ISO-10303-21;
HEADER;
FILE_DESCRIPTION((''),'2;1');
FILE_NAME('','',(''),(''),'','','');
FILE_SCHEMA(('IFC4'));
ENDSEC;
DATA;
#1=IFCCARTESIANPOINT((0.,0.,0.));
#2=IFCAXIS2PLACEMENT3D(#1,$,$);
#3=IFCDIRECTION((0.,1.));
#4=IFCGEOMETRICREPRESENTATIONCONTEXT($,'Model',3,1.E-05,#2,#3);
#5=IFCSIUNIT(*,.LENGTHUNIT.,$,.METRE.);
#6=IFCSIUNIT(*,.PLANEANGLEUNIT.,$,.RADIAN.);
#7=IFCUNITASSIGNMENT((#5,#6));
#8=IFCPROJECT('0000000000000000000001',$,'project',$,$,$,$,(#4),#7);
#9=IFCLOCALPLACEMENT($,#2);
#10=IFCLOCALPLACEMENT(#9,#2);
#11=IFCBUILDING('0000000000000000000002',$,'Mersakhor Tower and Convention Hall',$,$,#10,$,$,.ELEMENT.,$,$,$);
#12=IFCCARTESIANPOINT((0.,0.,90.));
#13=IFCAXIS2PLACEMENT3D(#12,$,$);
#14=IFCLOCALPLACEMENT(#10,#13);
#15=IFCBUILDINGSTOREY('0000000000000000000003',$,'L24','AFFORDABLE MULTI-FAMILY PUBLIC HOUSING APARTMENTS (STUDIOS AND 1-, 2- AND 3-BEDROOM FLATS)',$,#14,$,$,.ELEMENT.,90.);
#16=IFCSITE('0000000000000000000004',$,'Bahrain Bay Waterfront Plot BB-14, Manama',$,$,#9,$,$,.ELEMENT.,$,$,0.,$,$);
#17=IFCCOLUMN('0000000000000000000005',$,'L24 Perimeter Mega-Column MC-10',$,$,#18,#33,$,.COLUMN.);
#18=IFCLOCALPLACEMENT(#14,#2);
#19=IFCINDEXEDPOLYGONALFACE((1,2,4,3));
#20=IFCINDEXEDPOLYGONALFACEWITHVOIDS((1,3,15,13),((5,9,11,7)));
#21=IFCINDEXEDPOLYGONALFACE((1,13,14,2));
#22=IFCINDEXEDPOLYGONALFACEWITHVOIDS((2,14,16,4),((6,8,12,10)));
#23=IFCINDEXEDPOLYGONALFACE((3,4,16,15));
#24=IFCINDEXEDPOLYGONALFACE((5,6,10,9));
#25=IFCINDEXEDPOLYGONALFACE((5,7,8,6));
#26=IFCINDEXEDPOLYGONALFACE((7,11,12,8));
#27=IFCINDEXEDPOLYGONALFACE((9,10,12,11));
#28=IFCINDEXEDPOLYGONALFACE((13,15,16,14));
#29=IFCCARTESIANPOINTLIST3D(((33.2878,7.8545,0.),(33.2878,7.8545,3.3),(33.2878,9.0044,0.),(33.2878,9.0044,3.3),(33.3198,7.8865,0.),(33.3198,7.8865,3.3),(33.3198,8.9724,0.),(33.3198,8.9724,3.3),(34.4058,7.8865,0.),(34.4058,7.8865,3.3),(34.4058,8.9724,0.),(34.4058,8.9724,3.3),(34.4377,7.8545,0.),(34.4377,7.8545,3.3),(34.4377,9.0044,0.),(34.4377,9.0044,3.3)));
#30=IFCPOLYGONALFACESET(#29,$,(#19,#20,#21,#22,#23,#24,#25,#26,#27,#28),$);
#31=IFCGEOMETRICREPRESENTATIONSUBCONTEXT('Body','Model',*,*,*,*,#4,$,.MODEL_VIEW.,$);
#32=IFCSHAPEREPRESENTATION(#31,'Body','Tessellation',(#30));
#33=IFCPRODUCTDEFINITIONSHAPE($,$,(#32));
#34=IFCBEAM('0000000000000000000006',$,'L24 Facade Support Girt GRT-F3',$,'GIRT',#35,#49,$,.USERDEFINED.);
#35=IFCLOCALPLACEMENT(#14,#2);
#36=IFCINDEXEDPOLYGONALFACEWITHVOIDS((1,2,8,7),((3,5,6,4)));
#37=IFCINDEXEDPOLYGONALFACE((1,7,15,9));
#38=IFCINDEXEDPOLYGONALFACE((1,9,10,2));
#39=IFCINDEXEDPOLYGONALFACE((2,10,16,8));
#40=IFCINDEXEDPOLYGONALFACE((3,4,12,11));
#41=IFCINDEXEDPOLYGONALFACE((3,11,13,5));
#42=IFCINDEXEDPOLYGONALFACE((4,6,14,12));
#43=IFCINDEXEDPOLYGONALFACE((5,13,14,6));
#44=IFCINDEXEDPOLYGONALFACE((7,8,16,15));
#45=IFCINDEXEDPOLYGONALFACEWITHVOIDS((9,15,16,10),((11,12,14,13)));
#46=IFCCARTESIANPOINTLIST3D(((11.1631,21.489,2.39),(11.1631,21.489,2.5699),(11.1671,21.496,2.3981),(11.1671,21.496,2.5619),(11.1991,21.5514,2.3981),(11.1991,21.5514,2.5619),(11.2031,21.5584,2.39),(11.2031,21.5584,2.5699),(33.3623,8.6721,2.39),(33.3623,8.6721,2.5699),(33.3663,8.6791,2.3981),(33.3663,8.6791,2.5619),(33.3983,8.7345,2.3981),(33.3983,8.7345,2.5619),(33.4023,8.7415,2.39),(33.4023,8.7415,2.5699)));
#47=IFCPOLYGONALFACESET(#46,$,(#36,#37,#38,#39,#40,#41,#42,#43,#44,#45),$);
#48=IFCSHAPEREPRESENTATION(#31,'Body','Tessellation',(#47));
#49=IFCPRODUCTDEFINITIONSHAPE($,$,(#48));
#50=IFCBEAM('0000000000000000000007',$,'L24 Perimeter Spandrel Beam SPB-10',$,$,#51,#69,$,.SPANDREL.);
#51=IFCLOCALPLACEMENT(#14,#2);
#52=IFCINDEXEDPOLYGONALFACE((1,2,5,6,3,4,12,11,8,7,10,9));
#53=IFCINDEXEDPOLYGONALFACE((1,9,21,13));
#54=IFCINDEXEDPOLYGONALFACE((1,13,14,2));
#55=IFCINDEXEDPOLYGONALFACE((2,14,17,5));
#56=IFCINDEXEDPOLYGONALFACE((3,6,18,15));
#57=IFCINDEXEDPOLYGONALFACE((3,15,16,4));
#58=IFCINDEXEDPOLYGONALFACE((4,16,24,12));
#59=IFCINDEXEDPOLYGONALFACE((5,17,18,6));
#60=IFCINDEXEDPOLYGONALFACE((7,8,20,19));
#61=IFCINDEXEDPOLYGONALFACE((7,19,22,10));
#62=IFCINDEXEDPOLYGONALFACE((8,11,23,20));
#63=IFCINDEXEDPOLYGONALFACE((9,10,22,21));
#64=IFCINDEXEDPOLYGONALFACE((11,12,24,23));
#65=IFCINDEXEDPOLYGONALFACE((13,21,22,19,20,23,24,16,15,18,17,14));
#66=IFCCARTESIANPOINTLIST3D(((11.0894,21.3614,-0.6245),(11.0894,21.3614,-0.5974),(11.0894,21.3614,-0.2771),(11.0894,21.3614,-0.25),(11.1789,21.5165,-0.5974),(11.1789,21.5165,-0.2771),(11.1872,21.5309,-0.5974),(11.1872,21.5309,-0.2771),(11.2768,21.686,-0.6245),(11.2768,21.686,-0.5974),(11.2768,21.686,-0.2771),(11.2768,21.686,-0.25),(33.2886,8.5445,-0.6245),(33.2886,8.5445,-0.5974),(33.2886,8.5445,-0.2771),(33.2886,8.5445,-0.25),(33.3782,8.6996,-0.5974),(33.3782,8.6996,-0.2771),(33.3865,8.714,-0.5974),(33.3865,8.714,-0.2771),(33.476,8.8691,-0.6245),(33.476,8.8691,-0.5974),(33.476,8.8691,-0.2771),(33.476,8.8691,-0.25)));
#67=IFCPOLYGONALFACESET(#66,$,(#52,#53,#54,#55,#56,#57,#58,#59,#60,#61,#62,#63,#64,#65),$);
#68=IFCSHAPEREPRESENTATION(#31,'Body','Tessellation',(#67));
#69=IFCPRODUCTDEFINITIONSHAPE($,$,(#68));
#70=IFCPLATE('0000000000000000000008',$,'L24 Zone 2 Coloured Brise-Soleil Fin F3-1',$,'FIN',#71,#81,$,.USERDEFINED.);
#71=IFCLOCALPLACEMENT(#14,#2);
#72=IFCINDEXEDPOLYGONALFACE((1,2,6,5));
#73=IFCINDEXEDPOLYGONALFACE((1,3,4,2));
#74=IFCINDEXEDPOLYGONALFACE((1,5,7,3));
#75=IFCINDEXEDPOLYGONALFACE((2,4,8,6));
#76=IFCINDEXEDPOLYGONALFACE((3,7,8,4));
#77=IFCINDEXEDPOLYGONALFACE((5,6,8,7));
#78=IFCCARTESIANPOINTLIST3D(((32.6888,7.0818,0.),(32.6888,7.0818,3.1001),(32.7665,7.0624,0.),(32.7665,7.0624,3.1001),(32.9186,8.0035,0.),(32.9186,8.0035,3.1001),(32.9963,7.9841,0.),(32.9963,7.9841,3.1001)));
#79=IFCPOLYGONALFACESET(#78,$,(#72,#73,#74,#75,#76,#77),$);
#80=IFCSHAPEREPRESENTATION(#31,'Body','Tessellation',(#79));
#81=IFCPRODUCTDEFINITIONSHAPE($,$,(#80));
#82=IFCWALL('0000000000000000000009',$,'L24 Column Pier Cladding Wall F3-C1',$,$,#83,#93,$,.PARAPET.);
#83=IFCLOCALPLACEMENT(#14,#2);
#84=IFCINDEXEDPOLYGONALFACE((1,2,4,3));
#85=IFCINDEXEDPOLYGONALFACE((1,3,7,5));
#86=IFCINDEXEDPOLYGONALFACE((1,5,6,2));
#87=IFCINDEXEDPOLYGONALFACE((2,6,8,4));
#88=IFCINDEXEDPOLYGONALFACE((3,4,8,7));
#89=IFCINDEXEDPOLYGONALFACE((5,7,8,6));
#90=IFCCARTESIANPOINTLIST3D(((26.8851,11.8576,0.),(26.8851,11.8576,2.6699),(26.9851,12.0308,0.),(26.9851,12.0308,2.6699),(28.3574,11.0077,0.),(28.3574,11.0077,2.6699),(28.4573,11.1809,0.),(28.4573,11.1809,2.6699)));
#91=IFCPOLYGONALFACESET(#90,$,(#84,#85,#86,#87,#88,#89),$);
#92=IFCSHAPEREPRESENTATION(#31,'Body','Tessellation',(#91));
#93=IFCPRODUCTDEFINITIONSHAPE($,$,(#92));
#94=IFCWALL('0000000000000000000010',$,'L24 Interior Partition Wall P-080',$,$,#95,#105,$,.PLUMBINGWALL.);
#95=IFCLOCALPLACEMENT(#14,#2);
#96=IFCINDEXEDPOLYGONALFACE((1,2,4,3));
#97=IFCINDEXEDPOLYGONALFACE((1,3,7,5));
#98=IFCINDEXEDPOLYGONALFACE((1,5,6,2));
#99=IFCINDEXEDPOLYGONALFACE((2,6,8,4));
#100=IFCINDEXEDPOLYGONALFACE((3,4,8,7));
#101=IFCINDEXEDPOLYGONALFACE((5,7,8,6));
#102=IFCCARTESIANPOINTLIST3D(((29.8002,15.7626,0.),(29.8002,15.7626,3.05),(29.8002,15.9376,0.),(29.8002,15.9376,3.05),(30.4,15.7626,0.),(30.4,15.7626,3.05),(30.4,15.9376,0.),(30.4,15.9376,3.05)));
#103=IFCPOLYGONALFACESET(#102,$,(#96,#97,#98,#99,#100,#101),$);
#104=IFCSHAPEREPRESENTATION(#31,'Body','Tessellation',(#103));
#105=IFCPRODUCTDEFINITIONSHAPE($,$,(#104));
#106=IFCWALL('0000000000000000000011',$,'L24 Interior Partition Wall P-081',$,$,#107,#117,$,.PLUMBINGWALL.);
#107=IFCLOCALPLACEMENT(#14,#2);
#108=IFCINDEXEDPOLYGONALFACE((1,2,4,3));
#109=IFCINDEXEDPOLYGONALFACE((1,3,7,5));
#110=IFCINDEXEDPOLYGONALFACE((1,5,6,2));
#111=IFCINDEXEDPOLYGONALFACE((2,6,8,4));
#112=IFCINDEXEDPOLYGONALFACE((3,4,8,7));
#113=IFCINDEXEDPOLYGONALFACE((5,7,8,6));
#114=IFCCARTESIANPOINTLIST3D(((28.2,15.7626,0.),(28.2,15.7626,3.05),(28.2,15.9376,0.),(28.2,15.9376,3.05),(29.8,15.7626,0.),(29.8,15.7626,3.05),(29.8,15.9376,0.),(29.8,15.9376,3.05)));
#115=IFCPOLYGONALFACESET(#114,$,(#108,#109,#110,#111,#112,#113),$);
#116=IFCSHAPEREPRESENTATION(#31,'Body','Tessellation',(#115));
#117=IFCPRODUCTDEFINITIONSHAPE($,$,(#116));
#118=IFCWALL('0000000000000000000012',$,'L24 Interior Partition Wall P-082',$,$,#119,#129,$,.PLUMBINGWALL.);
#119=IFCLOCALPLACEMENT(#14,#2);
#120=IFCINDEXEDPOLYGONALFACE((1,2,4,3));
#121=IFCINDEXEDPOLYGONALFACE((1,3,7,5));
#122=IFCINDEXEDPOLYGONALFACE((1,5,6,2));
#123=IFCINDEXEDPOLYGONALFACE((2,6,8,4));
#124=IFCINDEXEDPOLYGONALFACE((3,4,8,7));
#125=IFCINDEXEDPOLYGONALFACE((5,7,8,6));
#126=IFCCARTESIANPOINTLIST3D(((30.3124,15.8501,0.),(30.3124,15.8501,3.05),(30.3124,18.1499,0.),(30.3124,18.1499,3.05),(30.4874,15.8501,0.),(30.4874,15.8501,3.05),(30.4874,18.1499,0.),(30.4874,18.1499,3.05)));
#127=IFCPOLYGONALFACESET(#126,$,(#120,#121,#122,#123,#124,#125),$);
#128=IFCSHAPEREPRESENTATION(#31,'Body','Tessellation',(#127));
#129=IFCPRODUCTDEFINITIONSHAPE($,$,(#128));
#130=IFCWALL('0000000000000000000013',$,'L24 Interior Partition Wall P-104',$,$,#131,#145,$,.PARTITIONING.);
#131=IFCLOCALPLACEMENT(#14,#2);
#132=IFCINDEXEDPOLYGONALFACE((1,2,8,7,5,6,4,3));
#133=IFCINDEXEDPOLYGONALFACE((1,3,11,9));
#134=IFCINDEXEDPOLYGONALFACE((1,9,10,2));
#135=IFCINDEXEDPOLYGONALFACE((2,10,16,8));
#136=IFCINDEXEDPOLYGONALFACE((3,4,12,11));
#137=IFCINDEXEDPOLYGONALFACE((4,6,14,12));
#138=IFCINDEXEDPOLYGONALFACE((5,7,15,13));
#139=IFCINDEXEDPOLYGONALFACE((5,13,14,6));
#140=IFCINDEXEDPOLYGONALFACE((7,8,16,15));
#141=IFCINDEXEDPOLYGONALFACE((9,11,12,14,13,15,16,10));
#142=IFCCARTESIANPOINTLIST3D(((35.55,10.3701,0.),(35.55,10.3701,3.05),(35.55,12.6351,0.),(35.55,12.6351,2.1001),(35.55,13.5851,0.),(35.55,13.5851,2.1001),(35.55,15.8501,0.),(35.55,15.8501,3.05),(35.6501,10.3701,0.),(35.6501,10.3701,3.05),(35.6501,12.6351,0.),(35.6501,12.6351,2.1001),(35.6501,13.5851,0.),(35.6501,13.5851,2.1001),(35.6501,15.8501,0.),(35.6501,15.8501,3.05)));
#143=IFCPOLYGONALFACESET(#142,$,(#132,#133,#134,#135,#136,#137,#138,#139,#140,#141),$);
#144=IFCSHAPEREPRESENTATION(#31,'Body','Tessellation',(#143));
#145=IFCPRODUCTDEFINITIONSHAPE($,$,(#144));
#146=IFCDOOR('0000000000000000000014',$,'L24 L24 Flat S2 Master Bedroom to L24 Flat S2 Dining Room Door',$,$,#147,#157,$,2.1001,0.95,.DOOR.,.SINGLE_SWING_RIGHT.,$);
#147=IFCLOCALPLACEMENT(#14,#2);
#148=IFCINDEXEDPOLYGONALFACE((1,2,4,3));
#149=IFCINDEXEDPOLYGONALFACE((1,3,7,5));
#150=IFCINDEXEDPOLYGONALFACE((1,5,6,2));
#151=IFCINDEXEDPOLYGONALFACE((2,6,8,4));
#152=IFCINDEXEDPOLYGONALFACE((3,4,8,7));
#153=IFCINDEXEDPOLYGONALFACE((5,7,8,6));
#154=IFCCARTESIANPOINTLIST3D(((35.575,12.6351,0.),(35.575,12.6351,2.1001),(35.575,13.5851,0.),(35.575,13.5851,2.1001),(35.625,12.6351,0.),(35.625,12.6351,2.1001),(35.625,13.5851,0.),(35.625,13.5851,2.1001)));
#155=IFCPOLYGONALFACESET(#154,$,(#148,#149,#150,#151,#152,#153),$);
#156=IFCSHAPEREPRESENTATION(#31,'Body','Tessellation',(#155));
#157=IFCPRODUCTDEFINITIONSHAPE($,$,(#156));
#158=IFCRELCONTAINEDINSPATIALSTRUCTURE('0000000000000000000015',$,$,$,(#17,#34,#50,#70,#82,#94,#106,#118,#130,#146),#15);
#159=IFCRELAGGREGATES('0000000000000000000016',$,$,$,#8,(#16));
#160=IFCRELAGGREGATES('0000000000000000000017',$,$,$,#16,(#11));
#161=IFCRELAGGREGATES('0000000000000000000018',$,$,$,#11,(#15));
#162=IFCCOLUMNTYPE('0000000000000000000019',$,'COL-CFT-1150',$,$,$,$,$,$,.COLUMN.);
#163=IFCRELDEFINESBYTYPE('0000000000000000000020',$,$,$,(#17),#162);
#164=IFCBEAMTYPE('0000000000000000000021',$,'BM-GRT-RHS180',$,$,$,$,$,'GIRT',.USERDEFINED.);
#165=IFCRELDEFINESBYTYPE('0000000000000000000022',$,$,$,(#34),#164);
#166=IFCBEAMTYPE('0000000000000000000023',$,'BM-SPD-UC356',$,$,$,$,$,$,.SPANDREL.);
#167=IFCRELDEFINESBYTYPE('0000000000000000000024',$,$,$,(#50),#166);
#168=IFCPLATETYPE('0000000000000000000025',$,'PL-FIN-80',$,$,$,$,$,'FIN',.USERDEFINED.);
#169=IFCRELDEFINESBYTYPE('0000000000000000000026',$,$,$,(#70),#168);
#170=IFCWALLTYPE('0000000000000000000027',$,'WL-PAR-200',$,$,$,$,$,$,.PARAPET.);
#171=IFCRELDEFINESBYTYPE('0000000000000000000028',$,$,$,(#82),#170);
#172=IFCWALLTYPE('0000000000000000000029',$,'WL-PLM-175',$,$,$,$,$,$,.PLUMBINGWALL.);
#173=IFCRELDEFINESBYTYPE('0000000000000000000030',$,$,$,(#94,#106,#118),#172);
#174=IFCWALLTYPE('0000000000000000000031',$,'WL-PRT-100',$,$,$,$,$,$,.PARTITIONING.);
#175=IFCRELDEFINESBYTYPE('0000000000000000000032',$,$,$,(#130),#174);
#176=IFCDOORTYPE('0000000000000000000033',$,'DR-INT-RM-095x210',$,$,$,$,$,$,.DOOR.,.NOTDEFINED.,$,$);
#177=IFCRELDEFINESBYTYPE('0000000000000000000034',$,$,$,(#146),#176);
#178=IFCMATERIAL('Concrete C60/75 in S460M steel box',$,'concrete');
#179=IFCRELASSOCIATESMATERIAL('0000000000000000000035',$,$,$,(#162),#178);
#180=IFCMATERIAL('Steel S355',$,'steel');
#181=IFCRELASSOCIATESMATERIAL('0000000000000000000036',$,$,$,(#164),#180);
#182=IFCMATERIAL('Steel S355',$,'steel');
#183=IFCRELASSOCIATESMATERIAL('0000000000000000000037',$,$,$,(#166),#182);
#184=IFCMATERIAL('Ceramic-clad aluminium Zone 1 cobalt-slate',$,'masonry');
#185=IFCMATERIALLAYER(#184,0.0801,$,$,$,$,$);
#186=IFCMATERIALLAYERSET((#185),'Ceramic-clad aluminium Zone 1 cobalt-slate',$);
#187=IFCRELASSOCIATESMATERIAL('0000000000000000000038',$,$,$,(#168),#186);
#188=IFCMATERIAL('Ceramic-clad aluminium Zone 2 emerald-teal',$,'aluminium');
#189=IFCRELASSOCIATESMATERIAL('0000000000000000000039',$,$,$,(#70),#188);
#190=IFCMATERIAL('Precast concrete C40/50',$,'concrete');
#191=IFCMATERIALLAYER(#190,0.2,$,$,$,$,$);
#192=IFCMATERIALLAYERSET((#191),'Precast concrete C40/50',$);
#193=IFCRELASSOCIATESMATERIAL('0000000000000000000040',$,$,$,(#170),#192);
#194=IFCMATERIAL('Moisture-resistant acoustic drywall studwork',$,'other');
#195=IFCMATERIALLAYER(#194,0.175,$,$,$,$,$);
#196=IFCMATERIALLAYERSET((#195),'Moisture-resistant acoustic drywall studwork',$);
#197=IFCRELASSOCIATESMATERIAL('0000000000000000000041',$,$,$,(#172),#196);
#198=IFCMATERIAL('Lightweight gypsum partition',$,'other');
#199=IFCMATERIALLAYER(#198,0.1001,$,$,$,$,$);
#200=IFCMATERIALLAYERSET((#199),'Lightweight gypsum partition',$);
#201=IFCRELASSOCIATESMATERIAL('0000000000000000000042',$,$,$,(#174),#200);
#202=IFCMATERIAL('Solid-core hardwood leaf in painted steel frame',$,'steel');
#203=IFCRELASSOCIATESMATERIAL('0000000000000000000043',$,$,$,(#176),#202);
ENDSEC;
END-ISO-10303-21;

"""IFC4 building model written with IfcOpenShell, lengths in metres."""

from ifc_helpers import new_model, si_unit, direction, frame, frame_2d, origin, origin_2d, place, context, subcontext, project, spatial, rectangle, hollow_rectangle, i_section, extrude, material, layer, layer_set, material_profile, profile_set, type_object, element, fill, save


model = new_model("IFC4")

# Units and contexts
model_context = context("Model", 3, precision=1e-05, world=origin(), true_north=direction((0.0, 1.0)))
body_context = subcontext(model_context, "Body", "Model", "MODEL_VIEW")
ifc_project = project(units=[si_unit("LENGTHUNIT", "METRE"), si_unit("PLANEANGLEUNIT", "RADIAN")], contexts=[model_context])

# Site, building, storey
site_placement = place(None, origin())
site = spatial("IfcSite", under=ifc_project, at=site_placement, Name="Bahrain Bay Waterfront Plot BB-14, Manama", CompositionType="ELEMENT", RefElevation=0.0)
building_placement = place(site_placement, origin())
building = spatial("IfcBuilding", under=site, at=building_placement, Name="Mersakhor Tower and Convention Hall", CompositionType="ELEMENT")
storey_placement = place(building_placement, frame((0.0, 0.0, 90.0)))
storey = spatial("IfcBuildingStorey", under=building, at=storey_placement, Name="L24", Description="AFFORDABLE MULTI-FAMILY PUBLIC HOUSING APARTMENTS (STUDIOS AND 1-, 2- AND 3-BEDROOM FLATS)", CompositionType="ELEMENT", Elevation=90.0)

# Column
ifc_material_1 = material(Name="Concrete C60/75 in S460M steel box", Category="concrete")
ifc_material_profile_1 = material_profile(ifc_material_1, hollow_rectangle(XDim=1.1499, YDim=1.1499, WallThickness=0.032, at=origin_2d()), Name="SHS 1150x1150x32")
ifc_profile_set_1 = profile_set([ifc_material_profile_1], Name="Concrete C60/75 in S460M steel box")
column_type = type_object("IfcColumnType", Name="COL-CFT-1150", PredefinedType="COLUMN", material=ifc_profile_set_1)
column_placement = place(storey_placement, frame((33.8628, 8.4294, 0.0), z_axis=(0.0, 0.0, 1.0), x_axis=(1.0, 0.0, 0.0)))
element("IfcColumn", 1, at=column_placement, inside=storey, type_object=column_type, Name="L24 Perimeter Mega-Column MC-10", PredefinedType="COLUMN", context=body_context, shape_type="SweptSolid", body=[
    extrude(hollow_rectangle(XDim=1.1499, YDim=1.1499, WallThickness=0.032, at=origin_2d()), origin(), (0.0, 0.0, 1.0), 3.3),
])

# Beams
ifc_material_2 = material(Name="Steel S355", Category="steel")
ifc_material_profile_2 = material_profile(ifc_material_2, hollow_rectangle(XDim=0.0801, YDim=0.1799, WallThickness=0.0081, at=origin_2d()), Name="RHS 180x80x8")
ifc_profile_set_2 = profile_set([ifc_material_profile_2], Name="Steel S355")
beam_type_1 = type_object("IfcBeamType", Name="BM-GRT-RHS180", ElementType="GIRT", PredefinedType="USERDEFINED", material=ifc_profile_set_2)
beam_1_placement = place(storey_placement, frame((33.3823, 8.7068, 2.48), z_axis=(-0.866023, 0.500005, 0.0), x_axis=(-0.500005, -0.866023, 0.0)))
element("IfcBeam", 2, at=beam_1_placement, inside=storey, type_object=beam_type_1, Name="L24 Facade Support Girt GRT-F3", ObjectType="GIRT", PredefinedType="USERDEFINED", context=body_context, shape_type="SweptSolid", body=[
    extrude(hollow_rectangle(XDim=0.0801, YDim=0.1799, WallThickness=0.0081, at=origin_2d()), origin(), (0.0, 0.0, 1.0), 25.6335),
])
ifc_material_3 = material(Name="Steel S355", Category="steel")
ifc_material_profile_3 = material_profile(ifc_material_3, i_section(OverallWidth=0.3748, OverallDepth=0.3745, WebThickness=0.0166, FlangeThickness=0.0271, at=origin_2d()), Name="UC 356x368x202")
ifc_profile_set_3 = profile_set([ifc_material_profile_3], Name="Steel S355")
beam_type_2 = type_object("IfcBeamType", Name="BM-SPD-UC356", PredefinedType="SPANDREL", material=ifc_profile_set_3)
beam_2_placement = place(storey_placement, frame((33.3823, 8.7068, -0.4373), z_axis=(-0.866023, 0.500005, 0.0), x_axis=(-0.500005, -0.866023, 0.0)))
element("IfcBeam", 3, at=beam_2_placement, inside=storey, type_object=beam_type_2, Name="L24 Perimeter Spandrel Beam SPB-10", PredefinedType="SPANDREL", context=body_context, shape_type="SweptSolid", body=[
    extrude(i_section(OverallWidth=0.3748, OverallDepth=0.3745, WebThickness=0.0166, FlangeThickness=0.0271, at=origin_2d()), origin(), (0.0, 0.0, 1.0), 25.6335),
])

# Plate
ifc_material_4 = material(Name="Ceramic-clad aluminium Zone 2 emerald-teal", Category="aluminium")
ifc_material_5 = material(Name="Ceramic-clad aluminium Zone 1 cobalt-slate", Category="masonry")
ifc_layer_1 = layer(ifc_material_5, 0.0801)
ifc_layer_set_1 = layer_set([ifc_layer_1], Name="Ceramic-clad aluminium Zone 1 cobalt-slate")
plate_type = type_object("IfcPlateType", Name="PL-FIN-80", ElementType="FIN", PredefinedType="USERDEFINED", material=ifc_layer_set_1)
plate_placement = place(storey_placement, frame((32.8425, 7.533, 0.0), z_axis=(0.0, 0.0, 1.0), x_axis=(-0.241922, -0.970296, 0.0)))
element("IfcPlate", 4, at=plate_placement, inside=storey, type_object=plate_type, material=ifc_material_4, Name="L24 Zone 2 Coloured Brise-Soleil Fin F3-1", ObjectType="FIN", PredefinedType="USERDEFINED", context=body_context, shape_type="SweptSolid", body=[
    extrude(rectangle(XDim=0.95, YDim=0.0801, at=origin_2d()), origin(), (0.0, 0.0, 1.0), 3.1001),
])

# Walls
ifc_material_6 = material(Name="Precast concrete C40/50", Category="concrete")
ifc_layer_2 = layer(ifc_material_6, 0.2)
ifc_layer_set_2 = layer_set([ifc_layer_2], Name="Precast concrete C40/50")
wall_type_1 = type_object("IfcWallType", Name="WL-PAR-200", PredefinedType="PARAPET", material=ifc_layer_set_2)
wall_1_placement = place(storey_placement, frame((28.4075, 11.0942, 0.0), z_axis=(0.0, 0.0, 1.0), x_axis=(-0.866052, 0.499955, 0.0)))
element("IfcWall", 5, at=wall_1_placement, inside=storey, type_object=wall_type_1, Name="L24 Column Pier Cladding Wall F3-C1", PredefinedType="PARAPET", context=body_context, shape_type="SweptSolid", body=[
    extrude(rectangle(XDim=1.7, YDim=0.2, at=frame_2d((0.8501, 0.0))), origin(), (0.0, 0.0, 1.0), 2.6699),
])
ifc_material_7 = material(Name="Moisture-resistant acoustic drywall studwork", Category="other")
ifc_layer_3 = layer(ifc_material_7, 0.175)
ifc_layer_set_3 = layer_set([ifc_layer_3], Name="Moisture-resistant acoustic drywall studwork")
wall_type_2 = type_object("IfcWallType", Name="WL-PLM-175", PredefinedType="PLUMBINGWALL", material=ifc_layer_set_3)
wall_2_placement = place(storey_placement, frame((30.3999, 15.8501, 0.0), z_axis=(0.0, 0.0, 1.0), x_axis=(-1.0, 0.0, 0.0)))
element("IfcWall", 6, at=wall_2_placement, inside=storey, type_object=wall_type_2, Name="L24 Interior Partition Wall P-080", PredefinedType="PLUMBINGWALL", context=body_context, shape_type="SweptSolid", body=[
    extrude(rectangle(XDim=0.5999, YDim=0.175, at=frame_2d((0.2998, 0.0))), origin(), (0.0, 0.0, 1.0), 3.05),
])
wall_3_placement = place(storey_placement, frame((29.8, 15.8501, 0.0), z_axis=(0.0, 0.0, 1.0), x_axis=(-1.0, 0.0, 0.0)))
element("IfcWall", 7, at=wall_3_placement, inside=storey, type_object=wall_type_2, Name="L24 Interior Partition Wall P-081", PredefinedType="PLUMBINGWALL", context=body_context, shape_type="SweptSolid", body=[
    extrude(rectangle(XDim=1.6001, YDim=0.175, at=frame_2d((0.8, 0.0))), origin(), (0.0, 0.0, 1.0), 3.05),
])
wall_4_placement = place(storey_placement, frame((30.3999, 18.1499, 0.0), z_axis=(0.0, 0.0, 1.0), x_axis=(0.0, -1.0, 0.0)))
element("IfcWall", 8, at=wall_4_placement, inside=storey, type_object=wall_type_2, Name="L24 Interior Partition Wall P-082", PredefinedType="PLUMBINGWALL", context=body_context, shape_type="SweptSolid", body=[
    extrude(rectangle(XDim=2.2998, YDim=0.175, at=frame_2d((1.1499, 0.0))), origin(), (0.0, 0.0, 1.0), 3.05),
])

# Wall, opening, door
ifc_material_8 = material(Name="Lightweight gypsum partition", Category="other")
ifc_layer_4 = layer(ifc_material_8, 0.1001)
ifc_layer_set_4 = layer_set([ifc_layer_4], Name="Lightweight gypsum partition")
wall_type_3 = type_object("IfcWallType", Name="WL-PRT-100", PredefinedType="PARTITIONING", material=ifc_layer_set_4)
wall_5_placement = place(storey_placement, frame((35.6001, 15.8501, 0.0), z_axis=(0.0, 0.0, 1.0), x_axis=(0.0, -1.0, 0.0)))
wall_5 = element("IfcWall", 9, at=wall_5_placement, inside=storey, type_object=wall_type_3, Name="L24 Interior Partition Wall P-104", PredefinedType="PARTITIONING", context=body_context, shape_type="SweptSolid", body=[
    extrude(rectangle(XDim=5.48, YDim=0.1001, at=frame_2d((2.74, 0.0))), origin(), (0.0, 0.0, 1.0), 3.05),
])
opening_1_placement = place(wall_5_placement, frame((2.2649, 0.0, 0.0)))
opening_1 = element("IfcOpeningElement", 10, at=opening_1_placement, cuts=wall_5, PredefinedType="OPENING", context=body_context, shape_type="SweptSolid", body=[
    extrude(rectangle(XDim=0.95, YDim=2.1001, at=frame_2d((0.4751, 1.05))), frame((0.0, 0.0601, 0.0), z_axis=(0.0, -1.0, 0.0), x_axis=(1.0, 0.0, 0.0)), (0.0, 0.0, 1.0), 0.1201),
])
ifc_material_9 = material(Name="Solid-core hardwood leaf in painted steel frame", Category="steel")
door_type_1 = type_object("IfcDoorType", Name="DR-INT-RM-095x210", OperationType="NOTDEFINED", PredefinedType="DOOR", material=ifc_material_9)
door_1_placement = place(opening_1_placement, origin())
door_1 = element("IfcDoor", 11, at=door_1_placement, inside=storey, type_object=door_type_1, Name="L24 L24 Flat S2 Master Bedroom to L24 Flat S2 Dining Room Door", OperationType="SINGLE_SWING_RIGHT", OverallHeight=2.1001, OverallWidth=0.95, PredefinedType="DOOR", context=body_context, shape_type="SweptSolid", body=[
    extrude(rectangle(XDim=0.95, YDim=2.1001, at=frame_2d((0.4751, 1.05))), frame((0.0, 0.0249, 0.0), z_axis=(0.0, -1.0, 0.0), x_axis=(1.0, 0.0, 0.0)), (0.0, 0.0, 1.0), 0.05),
])
fill(opening_1, door_1)

save(model, "model.ifc")
